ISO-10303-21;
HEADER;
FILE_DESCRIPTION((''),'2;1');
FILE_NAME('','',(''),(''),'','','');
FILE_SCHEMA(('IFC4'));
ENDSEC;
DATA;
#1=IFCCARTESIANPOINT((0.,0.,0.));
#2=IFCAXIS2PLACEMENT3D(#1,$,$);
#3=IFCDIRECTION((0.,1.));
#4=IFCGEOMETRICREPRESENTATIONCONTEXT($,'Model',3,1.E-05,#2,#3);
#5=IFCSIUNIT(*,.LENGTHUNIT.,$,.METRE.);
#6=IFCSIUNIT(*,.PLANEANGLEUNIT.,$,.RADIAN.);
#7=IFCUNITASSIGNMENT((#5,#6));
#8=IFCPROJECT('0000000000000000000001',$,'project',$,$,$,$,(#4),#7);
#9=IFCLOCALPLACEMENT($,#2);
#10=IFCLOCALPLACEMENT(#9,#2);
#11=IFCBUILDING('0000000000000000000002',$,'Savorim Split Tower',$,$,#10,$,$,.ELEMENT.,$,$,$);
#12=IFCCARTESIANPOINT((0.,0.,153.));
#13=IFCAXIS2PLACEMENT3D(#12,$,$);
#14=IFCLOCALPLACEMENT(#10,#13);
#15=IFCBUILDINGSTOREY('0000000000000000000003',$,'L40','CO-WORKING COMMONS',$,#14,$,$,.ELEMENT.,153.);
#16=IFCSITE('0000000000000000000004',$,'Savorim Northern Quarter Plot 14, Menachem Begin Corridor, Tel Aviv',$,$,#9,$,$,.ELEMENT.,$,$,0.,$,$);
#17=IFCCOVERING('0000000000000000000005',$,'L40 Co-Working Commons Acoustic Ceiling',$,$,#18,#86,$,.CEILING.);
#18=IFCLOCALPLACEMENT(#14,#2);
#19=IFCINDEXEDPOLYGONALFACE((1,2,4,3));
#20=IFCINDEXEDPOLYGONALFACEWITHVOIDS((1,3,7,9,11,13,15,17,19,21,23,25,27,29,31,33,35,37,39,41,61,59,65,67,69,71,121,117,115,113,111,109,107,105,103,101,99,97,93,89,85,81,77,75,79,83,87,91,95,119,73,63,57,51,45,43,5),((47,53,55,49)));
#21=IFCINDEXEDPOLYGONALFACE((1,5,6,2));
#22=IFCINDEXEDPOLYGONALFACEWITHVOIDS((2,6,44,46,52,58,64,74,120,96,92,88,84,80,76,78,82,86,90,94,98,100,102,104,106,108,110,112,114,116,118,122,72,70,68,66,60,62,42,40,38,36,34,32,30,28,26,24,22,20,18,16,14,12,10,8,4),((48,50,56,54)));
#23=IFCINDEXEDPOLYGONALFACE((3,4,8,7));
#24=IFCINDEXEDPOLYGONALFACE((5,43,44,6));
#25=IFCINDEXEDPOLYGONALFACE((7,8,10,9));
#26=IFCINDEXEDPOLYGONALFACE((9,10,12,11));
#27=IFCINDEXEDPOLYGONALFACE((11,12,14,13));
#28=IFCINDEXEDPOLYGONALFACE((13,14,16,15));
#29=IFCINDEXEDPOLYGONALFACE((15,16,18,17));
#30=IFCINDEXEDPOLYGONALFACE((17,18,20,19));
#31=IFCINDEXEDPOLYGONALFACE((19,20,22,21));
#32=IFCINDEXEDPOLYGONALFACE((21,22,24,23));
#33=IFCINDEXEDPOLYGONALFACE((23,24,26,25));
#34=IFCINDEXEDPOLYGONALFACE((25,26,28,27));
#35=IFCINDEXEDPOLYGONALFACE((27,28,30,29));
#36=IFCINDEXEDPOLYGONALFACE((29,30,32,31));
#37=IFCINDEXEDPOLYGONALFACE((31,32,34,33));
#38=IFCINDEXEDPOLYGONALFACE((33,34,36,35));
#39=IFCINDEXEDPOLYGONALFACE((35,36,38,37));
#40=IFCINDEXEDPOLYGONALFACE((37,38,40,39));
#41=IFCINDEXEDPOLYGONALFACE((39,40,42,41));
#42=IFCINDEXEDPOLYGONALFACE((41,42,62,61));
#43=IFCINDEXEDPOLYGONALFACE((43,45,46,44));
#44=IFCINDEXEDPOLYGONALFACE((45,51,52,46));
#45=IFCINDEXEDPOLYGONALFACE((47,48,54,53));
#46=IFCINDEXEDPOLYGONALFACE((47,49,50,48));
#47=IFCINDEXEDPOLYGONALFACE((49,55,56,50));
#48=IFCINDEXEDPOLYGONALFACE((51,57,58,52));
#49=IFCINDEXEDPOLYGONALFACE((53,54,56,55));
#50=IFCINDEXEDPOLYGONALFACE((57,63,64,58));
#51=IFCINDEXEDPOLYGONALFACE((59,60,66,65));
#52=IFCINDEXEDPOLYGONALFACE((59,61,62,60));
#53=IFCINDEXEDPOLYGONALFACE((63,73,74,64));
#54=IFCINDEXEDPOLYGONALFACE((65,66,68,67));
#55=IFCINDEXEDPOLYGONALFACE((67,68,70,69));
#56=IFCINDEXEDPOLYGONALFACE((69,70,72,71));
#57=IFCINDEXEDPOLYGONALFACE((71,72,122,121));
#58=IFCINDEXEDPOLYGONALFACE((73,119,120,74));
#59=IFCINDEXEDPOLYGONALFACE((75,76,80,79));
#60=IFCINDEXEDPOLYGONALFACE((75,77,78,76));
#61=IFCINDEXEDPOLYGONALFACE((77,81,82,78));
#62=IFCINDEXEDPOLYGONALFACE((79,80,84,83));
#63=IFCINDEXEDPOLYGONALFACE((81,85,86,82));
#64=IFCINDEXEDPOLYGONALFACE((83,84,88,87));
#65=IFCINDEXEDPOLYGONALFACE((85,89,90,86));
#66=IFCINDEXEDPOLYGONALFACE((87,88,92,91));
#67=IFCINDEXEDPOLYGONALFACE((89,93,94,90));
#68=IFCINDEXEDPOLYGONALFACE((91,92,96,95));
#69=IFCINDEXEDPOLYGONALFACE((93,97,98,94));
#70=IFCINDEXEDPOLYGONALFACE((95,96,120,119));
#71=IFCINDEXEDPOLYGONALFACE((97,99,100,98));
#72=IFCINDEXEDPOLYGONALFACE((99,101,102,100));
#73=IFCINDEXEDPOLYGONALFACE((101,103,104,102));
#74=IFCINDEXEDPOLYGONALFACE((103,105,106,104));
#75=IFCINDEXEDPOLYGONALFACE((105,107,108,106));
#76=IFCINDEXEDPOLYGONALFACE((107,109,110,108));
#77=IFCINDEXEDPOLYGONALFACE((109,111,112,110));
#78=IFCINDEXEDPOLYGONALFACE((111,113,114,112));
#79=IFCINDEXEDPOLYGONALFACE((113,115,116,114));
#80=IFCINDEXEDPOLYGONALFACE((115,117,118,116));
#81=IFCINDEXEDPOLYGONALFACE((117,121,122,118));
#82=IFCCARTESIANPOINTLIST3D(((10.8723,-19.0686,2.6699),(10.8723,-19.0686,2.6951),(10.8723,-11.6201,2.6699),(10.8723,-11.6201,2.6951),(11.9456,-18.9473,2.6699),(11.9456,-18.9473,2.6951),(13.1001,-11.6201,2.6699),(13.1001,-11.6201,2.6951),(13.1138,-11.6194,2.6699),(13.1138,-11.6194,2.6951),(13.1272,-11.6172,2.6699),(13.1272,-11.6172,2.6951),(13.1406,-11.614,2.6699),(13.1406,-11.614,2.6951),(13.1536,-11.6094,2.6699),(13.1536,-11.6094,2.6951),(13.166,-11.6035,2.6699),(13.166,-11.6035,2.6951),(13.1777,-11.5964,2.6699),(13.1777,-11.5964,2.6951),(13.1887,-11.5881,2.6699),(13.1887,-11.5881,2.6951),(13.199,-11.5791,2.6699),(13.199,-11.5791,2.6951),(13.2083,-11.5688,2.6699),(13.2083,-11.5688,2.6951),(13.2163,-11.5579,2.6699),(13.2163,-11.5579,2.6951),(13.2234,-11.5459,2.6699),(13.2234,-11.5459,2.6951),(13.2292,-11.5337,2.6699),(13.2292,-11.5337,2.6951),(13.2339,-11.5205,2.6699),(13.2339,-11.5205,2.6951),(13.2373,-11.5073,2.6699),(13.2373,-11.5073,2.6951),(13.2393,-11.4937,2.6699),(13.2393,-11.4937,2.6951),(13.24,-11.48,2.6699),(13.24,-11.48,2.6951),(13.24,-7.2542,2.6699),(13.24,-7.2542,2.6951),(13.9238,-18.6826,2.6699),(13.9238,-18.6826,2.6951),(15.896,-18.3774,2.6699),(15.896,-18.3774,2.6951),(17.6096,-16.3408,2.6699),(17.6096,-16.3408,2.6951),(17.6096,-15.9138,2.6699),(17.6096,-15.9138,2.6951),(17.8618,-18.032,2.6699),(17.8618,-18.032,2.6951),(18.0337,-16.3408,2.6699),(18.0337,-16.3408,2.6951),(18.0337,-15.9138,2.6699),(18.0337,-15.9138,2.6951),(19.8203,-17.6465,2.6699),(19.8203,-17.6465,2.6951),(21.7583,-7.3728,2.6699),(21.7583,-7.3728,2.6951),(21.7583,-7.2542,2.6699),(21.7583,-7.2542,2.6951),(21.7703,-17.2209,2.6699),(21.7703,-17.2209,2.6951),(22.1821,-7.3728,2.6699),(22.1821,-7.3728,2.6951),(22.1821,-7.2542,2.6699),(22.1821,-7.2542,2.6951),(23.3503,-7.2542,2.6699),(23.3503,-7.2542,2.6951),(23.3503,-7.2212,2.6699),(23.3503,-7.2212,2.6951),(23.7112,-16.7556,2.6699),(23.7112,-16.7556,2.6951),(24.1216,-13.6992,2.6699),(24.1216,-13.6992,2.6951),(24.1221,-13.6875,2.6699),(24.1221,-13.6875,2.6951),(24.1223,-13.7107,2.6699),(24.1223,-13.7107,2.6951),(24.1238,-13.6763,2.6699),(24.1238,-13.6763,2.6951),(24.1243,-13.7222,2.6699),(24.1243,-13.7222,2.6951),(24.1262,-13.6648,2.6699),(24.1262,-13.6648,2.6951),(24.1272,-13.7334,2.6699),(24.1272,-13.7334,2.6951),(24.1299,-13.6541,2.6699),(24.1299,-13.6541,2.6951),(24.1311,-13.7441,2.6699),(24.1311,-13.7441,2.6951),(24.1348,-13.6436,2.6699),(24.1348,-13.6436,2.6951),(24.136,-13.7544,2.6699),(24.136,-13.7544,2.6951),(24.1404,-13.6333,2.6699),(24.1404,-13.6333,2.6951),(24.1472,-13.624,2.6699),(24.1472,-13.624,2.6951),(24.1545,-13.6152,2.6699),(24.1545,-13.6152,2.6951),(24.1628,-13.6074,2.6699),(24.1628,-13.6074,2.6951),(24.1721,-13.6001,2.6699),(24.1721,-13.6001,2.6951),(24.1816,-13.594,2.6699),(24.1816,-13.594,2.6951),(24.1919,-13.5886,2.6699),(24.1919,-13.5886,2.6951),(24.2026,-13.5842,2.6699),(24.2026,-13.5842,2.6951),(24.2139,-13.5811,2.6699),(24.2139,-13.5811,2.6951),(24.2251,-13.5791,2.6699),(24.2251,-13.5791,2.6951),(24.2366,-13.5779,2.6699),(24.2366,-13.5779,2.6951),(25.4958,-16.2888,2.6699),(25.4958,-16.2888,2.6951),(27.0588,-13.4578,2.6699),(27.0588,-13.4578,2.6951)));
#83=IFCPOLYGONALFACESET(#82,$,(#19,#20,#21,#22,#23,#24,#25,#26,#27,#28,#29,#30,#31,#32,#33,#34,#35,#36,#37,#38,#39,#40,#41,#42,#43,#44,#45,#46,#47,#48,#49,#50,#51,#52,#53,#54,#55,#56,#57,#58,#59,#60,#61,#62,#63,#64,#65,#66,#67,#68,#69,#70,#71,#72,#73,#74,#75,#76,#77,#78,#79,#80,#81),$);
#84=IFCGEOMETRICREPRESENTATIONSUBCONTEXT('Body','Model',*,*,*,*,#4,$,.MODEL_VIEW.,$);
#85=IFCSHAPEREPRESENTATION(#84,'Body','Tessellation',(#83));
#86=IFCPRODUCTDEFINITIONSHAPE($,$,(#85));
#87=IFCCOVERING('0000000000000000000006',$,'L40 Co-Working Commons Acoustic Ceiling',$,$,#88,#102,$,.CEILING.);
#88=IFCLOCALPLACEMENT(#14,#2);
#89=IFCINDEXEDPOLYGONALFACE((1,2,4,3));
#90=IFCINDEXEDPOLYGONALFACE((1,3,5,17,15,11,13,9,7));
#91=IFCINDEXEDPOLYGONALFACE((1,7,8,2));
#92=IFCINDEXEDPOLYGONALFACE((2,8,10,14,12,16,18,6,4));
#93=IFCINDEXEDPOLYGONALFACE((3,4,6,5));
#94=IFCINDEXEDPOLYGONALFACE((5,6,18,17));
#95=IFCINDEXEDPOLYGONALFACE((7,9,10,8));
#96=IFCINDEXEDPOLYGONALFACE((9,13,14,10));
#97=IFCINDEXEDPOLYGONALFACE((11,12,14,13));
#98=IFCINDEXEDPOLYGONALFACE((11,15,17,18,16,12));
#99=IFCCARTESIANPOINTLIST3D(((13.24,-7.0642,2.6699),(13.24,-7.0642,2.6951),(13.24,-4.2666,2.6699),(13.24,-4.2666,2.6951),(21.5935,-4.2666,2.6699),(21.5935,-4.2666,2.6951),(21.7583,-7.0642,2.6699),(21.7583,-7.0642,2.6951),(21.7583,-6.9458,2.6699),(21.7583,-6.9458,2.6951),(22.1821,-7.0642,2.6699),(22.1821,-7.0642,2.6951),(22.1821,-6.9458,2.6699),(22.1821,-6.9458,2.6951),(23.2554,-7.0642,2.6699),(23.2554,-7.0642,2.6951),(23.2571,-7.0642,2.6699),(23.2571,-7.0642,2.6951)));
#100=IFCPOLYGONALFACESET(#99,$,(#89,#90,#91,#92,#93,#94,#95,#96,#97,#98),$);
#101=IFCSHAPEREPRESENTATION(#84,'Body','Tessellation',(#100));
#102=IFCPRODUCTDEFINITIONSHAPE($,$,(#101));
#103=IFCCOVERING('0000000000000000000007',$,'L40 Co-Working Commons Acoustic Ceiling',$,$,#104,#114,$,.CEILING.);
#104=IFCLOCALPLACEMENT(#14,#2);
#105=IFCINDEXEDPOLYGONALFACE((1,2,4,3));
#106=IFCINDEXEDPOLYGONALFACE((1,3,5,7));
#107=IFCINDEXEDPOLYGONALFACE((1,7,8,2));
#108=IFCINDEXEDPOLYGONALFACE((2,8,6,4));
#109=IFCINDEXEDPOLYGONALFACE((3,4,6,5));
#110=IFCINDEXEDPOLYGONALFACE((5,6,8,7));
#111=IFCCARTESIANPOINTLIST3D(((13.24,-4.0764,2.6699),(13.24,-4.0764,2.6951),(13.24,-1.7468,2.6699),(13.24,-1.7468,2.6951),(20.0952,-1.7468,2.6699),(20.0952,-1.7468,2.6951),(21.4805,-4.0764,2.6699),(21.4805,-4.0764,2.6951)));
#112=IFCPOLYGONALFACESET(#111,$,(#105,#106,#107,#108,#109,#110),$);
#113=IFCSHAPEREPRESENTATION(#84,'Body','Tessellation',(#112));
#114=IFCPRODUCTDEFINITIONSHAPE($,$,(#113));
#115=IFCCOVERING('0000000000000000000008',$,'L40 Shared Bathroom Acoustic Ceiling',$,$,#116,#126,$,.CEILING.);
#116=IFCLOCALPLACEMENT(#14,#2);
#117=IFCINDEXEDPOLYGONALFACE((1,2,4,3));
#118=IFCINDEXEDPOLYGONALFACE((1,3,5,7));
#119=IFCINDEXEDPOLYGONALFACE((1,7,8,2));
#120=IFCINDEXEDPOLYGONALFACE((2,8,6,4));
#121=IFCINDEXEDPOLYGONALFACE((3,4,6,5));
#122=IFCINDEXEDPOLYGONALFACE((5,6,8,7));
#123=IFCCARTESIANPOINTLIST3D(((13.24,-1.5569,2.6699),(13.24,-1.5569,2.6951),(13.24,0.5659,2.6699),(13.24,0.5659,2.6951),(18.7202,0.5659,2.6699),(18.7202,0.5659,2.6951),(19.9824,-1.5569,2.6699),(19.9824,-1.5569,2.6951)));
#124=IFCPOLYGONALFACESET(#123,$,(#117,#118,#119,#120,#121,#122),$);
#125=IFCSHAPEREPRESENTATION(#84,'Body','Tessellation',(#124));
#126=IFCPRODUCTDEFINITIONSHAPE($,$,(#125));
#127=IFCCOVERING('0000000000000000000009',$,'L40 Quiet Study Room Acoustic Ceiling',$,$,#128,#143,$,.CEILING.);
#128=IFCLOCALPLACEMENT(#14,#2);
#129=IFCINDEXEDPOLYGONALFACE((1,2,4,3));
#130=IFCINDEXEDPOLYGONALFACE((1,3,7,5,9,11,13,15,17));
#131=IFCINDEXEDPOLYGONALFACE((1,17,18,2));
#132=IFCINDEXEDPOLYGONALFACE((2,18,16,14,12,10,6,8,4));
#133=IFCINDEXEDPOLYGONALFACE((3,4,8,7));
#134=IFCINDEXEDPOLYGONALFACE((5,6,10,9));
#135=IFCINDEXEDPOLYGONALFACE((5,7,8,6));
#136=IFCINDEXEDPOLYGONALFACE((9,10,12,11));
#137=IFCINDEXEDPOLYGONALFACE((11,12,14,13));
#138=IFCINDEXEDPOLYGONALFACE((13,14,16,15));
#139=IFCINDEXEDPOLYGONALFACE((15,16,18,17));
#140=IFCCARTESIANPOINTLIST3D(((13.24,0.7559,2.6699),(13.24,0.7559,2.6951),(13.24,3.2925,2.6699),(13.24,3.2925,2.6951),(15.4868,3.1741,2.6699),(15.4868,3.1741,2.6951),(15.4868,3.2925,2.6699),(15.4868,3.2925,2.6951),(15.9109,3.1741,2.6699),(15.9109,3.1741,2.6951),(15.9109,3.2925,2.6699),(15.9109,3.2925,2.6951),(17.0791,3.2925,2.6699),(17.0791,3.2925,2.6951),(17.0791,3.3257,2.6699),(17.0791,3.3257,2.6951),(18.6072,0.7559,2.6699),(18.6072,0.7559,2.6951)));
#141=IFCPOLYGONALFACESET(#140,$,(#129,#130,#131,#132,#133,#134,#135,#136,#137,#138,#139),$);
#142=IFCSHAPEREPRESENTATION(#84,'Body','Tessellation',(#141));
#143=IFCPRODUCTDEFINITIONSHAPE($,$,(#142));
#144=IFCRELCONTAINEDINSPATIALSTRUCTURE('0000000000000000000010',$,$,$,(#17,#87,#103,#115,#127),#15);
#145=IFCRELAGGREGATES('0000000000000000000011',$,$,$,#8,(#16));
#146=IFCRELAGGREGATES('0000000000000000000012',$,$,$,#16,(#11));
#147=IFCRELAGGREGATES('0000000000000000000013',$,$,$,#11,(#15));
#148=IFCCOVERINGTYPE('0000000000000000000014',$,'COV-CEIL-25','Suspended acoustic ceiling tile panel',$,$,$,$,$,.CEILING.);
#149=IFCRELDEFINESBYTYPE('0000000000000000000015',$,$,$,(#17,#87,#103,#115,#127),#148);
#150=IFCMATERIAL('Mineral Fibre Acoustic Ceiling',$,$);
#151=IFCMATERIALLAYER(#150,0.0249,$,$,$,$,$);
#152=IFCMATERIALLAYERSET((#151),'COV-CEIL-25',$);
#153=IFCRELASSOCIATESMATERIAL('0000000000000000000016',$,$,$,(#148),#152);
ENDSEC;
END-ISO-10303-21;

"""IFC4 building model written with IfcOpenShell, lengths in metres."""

from ifc_helpers import new_model, si_unit, direction, frame, origin, place, context, subcontext, project, spatial, polyline, outline, extrude, material, layer, layer_set, type_object, element, save


model = new_model("IFC4")

# Units and contexts
model_context = context("Model", 3, precision=1e-05, world=origin(), true_north=direction((0.0, 1.0)))
body_context = subcontext(model_context, "Body", "Model", "MODEL_VIEW")
ifc_project = project(units=[si_unit("LENGTHUNIT", "METRE"), si_unit("PLANEANGLEUNIT", "RADIAN")], contexts=[model_context])

# Site, building, storey
site_placement = place(None, origin())
site = spatial("IfcSite", under=ifc_project, at=site_placement, Name="Savorim Northern Quarter Plot 14, Menachem Begin Corridor, Tel Aviv", CompositionType="ELEMENT", RefElevation=0.0)
building_placement = place(site_placement, origin())
building = spatial("IfcBuilding", under=site, at=building_placement, Name="Savorim Split Tower", CompositionType="ELEMENT")
storey_placement = place(building_placement, frame((0.0, 0.0, 153.0)))
storey = spatial("IfcBuildingStorey", under=building, at=storey_placement, Name="L40", Description="CO-WORKING COMMONS", CompositionType="ELEMENT", Elevation=153.0)

# Coverings
ifc_material_1 = material(Name="Mineral Fibre Acoustic Ceiling")
ifc_layer_1 = layer(ifc_material_1, 0.0249)
ifc_layer_set_1 = layer_set([ifc_layer_1], Name="COV-CEIL-25")
covering_type_1 = type_object("IfcCoveringType", Name="COV-CEIL-25", Description="Suspended acoustic ceiling tile panel", PredefinedType="CEILING", material=ifc_layer_set_1)
covering_1_placement = place(storey_placement, frame((0.0, 0.0, 2.6699)))
element("IfcCovering", 1, at=covering_1_placement, inside=storey, type_object=covering_type_1, Name="L40 Co-Working Commons Acoustic Ceiling", PredefinedType="CEILING", context=body_context, shape_type="SweptSolid", body=[
    extrude(outline(polyline([(24.2139, -13.5811), (24.2251, -13.5791), (24.2366, -13.5779), (27.0588, -13.4578), (23.3503, -7.2212), (23.3503, -7.2542), (22.1821, -7.2542), (22.1821, -7.3728), (21.7583, -7.3728), (21.7583, -7.2542), (13.24, -7.2542), (13.24, -11.48), (13.2393, -11.4937), (13.2373, -11.5073), (13.2339, -11.5205), (13.2292, -11.5337), (13.2234, -11.5459), (13.2163, -11.5579), (13.2083, -11.5688), (13.199, -11.5791), (13.1887, -11.5881), (13.1777, -11.5964), (13.166, -11.6035), (13.1536, -11.6094), (13.1406, -11.614), (13.1272, -11.6172), (13.1138, -11.6194), (13.1001, -11.6201), (10.8723, -11.6201), (10.8723, -19.0686), (11.9456, -18.9473), (13.9238, -18.6826), (15.896, -18.3774), (17.8618, -18.032), (19.8203, -17.6465), (21.7703, -17.2209), (23.7112, -16.7556), (25.4958, -16.2888), (24.136, -13.7544), (24.1311, -13.7441), (24.1272, -13.7334), (24.1243, -13.7222), (24.1223, -13.7107), (24.1216, -13.6992), (24.1221, -13.6875), (24.1238, -13.6763), (24.1262, -13.6648), (24.1299, -13.6541), (24.1348, -13.6436), (24.1404, -13.6333), (24.1472, -13.624), (24.1545, -13.6152), (24.1628, -13.6074), (24.1721, -13.6001), (24.1816, -13.594), (24.1919, -13.5886), (24.2026, -13.5842), (24.2139, -13.5811)]), holes=[polyline([(18.0337, -16.3408), (18.0337, -15.9138), (17.6096, -15.9138), (17.6096, -16.3408), (18.0337, -16.3408)])]), origin(), (0.0, 0.0, 1.0), 0.0251),
])
covering_2_placement = place(storey_placement, frame((0.0, 0.0, 2.6699)))
element("IfcCovering", 2, at=covering_2_placement, inside=storey, type_object=covering_type_1, Name="L40 Co-Working Commons Acoustic Ceiling", PredefinedType="CEILING", context=body_context, shape_type="SweptSolid", body=[
    extrude(outline(polyline([(22.1821, -6.9458), (22.1821, -7.0642), (23.2554, -7.0642), (23.2571, -7.0642), (21.5935, -4.2666), (13.24, -4.2666), (13.24, -7.0642), (21.7583, -7.0642), (21.7583, -6.9458), (22.1821, -6.9458)])), origin(), (0.0, 0.0, 1.0), 0.0251),
])
covering_3_placement = place(storey_placement, frame((0.0, 0.0, 2.6699)))
element("IfcCovering", 3, at=covering_3_placement, inside=storey, type_object=covering_type_1, Name="L40 Co-Working Commons Acoustic Ceiling", PredefinedType="CEILING", context=body_context, shape_type="SweptSolid", body=[
    extrude(outline(polyline([(21.4805, -4.0764), (20.0952, -1.7468), (13.24, -1.7468), (13.24, -4.0764), (21.4805, -4.0764)])), origin(), (0.0, 0.0, 1.0), 0.0251),
])
covering_4_placement = place(storey_placement, frame((0.0, 0.0, 2.6699)))
element("IfcCovering", 4, at=covering_4_placement, inside=storey, type_object=covering_type_1, Name="L40 Shared Bathroom Acoustic Ceiling", PredefinedType="CEILING", context=body_context, shape_type="SweptSolid", body=[
    extrude(outline(polyline([(19.9824, -1.5569), (18.7202, 0.5659), (13.24, 0.5659), (13.24, -1.5569), (19.9824, -1.5569)])), origin(), (0.0, 0.0, 1.0), 0.0251),
])
covering_5_placement = place(storey_placement, frame((0.0, 0.0, 2.6699)))
element("IfcCovering", 5, at=covering_5_placement, inside=storey, type_object=covering_type_1, Name="L40 Quiet Study Room Acoustic Ceiling", PredefinedType="CEILING", context=body_context, shape_type="SweptSolid", body=[
    extrude(outline(polyline([(15.4868, 3.1741), (15.4868, 3.2925), (13.24, 3.2925), (13.24, 0.7559), (18.6072, 0.7559), (17.0791, 3.3257), (17.0791, 3.2925), (15.9109, 3.2925), (15.9109, 3.1741), (15.4868, 3.1741)])), origin(), (0.0, 0.0, 1.0), 0.0251),
])

save(model, "model.ifc")
